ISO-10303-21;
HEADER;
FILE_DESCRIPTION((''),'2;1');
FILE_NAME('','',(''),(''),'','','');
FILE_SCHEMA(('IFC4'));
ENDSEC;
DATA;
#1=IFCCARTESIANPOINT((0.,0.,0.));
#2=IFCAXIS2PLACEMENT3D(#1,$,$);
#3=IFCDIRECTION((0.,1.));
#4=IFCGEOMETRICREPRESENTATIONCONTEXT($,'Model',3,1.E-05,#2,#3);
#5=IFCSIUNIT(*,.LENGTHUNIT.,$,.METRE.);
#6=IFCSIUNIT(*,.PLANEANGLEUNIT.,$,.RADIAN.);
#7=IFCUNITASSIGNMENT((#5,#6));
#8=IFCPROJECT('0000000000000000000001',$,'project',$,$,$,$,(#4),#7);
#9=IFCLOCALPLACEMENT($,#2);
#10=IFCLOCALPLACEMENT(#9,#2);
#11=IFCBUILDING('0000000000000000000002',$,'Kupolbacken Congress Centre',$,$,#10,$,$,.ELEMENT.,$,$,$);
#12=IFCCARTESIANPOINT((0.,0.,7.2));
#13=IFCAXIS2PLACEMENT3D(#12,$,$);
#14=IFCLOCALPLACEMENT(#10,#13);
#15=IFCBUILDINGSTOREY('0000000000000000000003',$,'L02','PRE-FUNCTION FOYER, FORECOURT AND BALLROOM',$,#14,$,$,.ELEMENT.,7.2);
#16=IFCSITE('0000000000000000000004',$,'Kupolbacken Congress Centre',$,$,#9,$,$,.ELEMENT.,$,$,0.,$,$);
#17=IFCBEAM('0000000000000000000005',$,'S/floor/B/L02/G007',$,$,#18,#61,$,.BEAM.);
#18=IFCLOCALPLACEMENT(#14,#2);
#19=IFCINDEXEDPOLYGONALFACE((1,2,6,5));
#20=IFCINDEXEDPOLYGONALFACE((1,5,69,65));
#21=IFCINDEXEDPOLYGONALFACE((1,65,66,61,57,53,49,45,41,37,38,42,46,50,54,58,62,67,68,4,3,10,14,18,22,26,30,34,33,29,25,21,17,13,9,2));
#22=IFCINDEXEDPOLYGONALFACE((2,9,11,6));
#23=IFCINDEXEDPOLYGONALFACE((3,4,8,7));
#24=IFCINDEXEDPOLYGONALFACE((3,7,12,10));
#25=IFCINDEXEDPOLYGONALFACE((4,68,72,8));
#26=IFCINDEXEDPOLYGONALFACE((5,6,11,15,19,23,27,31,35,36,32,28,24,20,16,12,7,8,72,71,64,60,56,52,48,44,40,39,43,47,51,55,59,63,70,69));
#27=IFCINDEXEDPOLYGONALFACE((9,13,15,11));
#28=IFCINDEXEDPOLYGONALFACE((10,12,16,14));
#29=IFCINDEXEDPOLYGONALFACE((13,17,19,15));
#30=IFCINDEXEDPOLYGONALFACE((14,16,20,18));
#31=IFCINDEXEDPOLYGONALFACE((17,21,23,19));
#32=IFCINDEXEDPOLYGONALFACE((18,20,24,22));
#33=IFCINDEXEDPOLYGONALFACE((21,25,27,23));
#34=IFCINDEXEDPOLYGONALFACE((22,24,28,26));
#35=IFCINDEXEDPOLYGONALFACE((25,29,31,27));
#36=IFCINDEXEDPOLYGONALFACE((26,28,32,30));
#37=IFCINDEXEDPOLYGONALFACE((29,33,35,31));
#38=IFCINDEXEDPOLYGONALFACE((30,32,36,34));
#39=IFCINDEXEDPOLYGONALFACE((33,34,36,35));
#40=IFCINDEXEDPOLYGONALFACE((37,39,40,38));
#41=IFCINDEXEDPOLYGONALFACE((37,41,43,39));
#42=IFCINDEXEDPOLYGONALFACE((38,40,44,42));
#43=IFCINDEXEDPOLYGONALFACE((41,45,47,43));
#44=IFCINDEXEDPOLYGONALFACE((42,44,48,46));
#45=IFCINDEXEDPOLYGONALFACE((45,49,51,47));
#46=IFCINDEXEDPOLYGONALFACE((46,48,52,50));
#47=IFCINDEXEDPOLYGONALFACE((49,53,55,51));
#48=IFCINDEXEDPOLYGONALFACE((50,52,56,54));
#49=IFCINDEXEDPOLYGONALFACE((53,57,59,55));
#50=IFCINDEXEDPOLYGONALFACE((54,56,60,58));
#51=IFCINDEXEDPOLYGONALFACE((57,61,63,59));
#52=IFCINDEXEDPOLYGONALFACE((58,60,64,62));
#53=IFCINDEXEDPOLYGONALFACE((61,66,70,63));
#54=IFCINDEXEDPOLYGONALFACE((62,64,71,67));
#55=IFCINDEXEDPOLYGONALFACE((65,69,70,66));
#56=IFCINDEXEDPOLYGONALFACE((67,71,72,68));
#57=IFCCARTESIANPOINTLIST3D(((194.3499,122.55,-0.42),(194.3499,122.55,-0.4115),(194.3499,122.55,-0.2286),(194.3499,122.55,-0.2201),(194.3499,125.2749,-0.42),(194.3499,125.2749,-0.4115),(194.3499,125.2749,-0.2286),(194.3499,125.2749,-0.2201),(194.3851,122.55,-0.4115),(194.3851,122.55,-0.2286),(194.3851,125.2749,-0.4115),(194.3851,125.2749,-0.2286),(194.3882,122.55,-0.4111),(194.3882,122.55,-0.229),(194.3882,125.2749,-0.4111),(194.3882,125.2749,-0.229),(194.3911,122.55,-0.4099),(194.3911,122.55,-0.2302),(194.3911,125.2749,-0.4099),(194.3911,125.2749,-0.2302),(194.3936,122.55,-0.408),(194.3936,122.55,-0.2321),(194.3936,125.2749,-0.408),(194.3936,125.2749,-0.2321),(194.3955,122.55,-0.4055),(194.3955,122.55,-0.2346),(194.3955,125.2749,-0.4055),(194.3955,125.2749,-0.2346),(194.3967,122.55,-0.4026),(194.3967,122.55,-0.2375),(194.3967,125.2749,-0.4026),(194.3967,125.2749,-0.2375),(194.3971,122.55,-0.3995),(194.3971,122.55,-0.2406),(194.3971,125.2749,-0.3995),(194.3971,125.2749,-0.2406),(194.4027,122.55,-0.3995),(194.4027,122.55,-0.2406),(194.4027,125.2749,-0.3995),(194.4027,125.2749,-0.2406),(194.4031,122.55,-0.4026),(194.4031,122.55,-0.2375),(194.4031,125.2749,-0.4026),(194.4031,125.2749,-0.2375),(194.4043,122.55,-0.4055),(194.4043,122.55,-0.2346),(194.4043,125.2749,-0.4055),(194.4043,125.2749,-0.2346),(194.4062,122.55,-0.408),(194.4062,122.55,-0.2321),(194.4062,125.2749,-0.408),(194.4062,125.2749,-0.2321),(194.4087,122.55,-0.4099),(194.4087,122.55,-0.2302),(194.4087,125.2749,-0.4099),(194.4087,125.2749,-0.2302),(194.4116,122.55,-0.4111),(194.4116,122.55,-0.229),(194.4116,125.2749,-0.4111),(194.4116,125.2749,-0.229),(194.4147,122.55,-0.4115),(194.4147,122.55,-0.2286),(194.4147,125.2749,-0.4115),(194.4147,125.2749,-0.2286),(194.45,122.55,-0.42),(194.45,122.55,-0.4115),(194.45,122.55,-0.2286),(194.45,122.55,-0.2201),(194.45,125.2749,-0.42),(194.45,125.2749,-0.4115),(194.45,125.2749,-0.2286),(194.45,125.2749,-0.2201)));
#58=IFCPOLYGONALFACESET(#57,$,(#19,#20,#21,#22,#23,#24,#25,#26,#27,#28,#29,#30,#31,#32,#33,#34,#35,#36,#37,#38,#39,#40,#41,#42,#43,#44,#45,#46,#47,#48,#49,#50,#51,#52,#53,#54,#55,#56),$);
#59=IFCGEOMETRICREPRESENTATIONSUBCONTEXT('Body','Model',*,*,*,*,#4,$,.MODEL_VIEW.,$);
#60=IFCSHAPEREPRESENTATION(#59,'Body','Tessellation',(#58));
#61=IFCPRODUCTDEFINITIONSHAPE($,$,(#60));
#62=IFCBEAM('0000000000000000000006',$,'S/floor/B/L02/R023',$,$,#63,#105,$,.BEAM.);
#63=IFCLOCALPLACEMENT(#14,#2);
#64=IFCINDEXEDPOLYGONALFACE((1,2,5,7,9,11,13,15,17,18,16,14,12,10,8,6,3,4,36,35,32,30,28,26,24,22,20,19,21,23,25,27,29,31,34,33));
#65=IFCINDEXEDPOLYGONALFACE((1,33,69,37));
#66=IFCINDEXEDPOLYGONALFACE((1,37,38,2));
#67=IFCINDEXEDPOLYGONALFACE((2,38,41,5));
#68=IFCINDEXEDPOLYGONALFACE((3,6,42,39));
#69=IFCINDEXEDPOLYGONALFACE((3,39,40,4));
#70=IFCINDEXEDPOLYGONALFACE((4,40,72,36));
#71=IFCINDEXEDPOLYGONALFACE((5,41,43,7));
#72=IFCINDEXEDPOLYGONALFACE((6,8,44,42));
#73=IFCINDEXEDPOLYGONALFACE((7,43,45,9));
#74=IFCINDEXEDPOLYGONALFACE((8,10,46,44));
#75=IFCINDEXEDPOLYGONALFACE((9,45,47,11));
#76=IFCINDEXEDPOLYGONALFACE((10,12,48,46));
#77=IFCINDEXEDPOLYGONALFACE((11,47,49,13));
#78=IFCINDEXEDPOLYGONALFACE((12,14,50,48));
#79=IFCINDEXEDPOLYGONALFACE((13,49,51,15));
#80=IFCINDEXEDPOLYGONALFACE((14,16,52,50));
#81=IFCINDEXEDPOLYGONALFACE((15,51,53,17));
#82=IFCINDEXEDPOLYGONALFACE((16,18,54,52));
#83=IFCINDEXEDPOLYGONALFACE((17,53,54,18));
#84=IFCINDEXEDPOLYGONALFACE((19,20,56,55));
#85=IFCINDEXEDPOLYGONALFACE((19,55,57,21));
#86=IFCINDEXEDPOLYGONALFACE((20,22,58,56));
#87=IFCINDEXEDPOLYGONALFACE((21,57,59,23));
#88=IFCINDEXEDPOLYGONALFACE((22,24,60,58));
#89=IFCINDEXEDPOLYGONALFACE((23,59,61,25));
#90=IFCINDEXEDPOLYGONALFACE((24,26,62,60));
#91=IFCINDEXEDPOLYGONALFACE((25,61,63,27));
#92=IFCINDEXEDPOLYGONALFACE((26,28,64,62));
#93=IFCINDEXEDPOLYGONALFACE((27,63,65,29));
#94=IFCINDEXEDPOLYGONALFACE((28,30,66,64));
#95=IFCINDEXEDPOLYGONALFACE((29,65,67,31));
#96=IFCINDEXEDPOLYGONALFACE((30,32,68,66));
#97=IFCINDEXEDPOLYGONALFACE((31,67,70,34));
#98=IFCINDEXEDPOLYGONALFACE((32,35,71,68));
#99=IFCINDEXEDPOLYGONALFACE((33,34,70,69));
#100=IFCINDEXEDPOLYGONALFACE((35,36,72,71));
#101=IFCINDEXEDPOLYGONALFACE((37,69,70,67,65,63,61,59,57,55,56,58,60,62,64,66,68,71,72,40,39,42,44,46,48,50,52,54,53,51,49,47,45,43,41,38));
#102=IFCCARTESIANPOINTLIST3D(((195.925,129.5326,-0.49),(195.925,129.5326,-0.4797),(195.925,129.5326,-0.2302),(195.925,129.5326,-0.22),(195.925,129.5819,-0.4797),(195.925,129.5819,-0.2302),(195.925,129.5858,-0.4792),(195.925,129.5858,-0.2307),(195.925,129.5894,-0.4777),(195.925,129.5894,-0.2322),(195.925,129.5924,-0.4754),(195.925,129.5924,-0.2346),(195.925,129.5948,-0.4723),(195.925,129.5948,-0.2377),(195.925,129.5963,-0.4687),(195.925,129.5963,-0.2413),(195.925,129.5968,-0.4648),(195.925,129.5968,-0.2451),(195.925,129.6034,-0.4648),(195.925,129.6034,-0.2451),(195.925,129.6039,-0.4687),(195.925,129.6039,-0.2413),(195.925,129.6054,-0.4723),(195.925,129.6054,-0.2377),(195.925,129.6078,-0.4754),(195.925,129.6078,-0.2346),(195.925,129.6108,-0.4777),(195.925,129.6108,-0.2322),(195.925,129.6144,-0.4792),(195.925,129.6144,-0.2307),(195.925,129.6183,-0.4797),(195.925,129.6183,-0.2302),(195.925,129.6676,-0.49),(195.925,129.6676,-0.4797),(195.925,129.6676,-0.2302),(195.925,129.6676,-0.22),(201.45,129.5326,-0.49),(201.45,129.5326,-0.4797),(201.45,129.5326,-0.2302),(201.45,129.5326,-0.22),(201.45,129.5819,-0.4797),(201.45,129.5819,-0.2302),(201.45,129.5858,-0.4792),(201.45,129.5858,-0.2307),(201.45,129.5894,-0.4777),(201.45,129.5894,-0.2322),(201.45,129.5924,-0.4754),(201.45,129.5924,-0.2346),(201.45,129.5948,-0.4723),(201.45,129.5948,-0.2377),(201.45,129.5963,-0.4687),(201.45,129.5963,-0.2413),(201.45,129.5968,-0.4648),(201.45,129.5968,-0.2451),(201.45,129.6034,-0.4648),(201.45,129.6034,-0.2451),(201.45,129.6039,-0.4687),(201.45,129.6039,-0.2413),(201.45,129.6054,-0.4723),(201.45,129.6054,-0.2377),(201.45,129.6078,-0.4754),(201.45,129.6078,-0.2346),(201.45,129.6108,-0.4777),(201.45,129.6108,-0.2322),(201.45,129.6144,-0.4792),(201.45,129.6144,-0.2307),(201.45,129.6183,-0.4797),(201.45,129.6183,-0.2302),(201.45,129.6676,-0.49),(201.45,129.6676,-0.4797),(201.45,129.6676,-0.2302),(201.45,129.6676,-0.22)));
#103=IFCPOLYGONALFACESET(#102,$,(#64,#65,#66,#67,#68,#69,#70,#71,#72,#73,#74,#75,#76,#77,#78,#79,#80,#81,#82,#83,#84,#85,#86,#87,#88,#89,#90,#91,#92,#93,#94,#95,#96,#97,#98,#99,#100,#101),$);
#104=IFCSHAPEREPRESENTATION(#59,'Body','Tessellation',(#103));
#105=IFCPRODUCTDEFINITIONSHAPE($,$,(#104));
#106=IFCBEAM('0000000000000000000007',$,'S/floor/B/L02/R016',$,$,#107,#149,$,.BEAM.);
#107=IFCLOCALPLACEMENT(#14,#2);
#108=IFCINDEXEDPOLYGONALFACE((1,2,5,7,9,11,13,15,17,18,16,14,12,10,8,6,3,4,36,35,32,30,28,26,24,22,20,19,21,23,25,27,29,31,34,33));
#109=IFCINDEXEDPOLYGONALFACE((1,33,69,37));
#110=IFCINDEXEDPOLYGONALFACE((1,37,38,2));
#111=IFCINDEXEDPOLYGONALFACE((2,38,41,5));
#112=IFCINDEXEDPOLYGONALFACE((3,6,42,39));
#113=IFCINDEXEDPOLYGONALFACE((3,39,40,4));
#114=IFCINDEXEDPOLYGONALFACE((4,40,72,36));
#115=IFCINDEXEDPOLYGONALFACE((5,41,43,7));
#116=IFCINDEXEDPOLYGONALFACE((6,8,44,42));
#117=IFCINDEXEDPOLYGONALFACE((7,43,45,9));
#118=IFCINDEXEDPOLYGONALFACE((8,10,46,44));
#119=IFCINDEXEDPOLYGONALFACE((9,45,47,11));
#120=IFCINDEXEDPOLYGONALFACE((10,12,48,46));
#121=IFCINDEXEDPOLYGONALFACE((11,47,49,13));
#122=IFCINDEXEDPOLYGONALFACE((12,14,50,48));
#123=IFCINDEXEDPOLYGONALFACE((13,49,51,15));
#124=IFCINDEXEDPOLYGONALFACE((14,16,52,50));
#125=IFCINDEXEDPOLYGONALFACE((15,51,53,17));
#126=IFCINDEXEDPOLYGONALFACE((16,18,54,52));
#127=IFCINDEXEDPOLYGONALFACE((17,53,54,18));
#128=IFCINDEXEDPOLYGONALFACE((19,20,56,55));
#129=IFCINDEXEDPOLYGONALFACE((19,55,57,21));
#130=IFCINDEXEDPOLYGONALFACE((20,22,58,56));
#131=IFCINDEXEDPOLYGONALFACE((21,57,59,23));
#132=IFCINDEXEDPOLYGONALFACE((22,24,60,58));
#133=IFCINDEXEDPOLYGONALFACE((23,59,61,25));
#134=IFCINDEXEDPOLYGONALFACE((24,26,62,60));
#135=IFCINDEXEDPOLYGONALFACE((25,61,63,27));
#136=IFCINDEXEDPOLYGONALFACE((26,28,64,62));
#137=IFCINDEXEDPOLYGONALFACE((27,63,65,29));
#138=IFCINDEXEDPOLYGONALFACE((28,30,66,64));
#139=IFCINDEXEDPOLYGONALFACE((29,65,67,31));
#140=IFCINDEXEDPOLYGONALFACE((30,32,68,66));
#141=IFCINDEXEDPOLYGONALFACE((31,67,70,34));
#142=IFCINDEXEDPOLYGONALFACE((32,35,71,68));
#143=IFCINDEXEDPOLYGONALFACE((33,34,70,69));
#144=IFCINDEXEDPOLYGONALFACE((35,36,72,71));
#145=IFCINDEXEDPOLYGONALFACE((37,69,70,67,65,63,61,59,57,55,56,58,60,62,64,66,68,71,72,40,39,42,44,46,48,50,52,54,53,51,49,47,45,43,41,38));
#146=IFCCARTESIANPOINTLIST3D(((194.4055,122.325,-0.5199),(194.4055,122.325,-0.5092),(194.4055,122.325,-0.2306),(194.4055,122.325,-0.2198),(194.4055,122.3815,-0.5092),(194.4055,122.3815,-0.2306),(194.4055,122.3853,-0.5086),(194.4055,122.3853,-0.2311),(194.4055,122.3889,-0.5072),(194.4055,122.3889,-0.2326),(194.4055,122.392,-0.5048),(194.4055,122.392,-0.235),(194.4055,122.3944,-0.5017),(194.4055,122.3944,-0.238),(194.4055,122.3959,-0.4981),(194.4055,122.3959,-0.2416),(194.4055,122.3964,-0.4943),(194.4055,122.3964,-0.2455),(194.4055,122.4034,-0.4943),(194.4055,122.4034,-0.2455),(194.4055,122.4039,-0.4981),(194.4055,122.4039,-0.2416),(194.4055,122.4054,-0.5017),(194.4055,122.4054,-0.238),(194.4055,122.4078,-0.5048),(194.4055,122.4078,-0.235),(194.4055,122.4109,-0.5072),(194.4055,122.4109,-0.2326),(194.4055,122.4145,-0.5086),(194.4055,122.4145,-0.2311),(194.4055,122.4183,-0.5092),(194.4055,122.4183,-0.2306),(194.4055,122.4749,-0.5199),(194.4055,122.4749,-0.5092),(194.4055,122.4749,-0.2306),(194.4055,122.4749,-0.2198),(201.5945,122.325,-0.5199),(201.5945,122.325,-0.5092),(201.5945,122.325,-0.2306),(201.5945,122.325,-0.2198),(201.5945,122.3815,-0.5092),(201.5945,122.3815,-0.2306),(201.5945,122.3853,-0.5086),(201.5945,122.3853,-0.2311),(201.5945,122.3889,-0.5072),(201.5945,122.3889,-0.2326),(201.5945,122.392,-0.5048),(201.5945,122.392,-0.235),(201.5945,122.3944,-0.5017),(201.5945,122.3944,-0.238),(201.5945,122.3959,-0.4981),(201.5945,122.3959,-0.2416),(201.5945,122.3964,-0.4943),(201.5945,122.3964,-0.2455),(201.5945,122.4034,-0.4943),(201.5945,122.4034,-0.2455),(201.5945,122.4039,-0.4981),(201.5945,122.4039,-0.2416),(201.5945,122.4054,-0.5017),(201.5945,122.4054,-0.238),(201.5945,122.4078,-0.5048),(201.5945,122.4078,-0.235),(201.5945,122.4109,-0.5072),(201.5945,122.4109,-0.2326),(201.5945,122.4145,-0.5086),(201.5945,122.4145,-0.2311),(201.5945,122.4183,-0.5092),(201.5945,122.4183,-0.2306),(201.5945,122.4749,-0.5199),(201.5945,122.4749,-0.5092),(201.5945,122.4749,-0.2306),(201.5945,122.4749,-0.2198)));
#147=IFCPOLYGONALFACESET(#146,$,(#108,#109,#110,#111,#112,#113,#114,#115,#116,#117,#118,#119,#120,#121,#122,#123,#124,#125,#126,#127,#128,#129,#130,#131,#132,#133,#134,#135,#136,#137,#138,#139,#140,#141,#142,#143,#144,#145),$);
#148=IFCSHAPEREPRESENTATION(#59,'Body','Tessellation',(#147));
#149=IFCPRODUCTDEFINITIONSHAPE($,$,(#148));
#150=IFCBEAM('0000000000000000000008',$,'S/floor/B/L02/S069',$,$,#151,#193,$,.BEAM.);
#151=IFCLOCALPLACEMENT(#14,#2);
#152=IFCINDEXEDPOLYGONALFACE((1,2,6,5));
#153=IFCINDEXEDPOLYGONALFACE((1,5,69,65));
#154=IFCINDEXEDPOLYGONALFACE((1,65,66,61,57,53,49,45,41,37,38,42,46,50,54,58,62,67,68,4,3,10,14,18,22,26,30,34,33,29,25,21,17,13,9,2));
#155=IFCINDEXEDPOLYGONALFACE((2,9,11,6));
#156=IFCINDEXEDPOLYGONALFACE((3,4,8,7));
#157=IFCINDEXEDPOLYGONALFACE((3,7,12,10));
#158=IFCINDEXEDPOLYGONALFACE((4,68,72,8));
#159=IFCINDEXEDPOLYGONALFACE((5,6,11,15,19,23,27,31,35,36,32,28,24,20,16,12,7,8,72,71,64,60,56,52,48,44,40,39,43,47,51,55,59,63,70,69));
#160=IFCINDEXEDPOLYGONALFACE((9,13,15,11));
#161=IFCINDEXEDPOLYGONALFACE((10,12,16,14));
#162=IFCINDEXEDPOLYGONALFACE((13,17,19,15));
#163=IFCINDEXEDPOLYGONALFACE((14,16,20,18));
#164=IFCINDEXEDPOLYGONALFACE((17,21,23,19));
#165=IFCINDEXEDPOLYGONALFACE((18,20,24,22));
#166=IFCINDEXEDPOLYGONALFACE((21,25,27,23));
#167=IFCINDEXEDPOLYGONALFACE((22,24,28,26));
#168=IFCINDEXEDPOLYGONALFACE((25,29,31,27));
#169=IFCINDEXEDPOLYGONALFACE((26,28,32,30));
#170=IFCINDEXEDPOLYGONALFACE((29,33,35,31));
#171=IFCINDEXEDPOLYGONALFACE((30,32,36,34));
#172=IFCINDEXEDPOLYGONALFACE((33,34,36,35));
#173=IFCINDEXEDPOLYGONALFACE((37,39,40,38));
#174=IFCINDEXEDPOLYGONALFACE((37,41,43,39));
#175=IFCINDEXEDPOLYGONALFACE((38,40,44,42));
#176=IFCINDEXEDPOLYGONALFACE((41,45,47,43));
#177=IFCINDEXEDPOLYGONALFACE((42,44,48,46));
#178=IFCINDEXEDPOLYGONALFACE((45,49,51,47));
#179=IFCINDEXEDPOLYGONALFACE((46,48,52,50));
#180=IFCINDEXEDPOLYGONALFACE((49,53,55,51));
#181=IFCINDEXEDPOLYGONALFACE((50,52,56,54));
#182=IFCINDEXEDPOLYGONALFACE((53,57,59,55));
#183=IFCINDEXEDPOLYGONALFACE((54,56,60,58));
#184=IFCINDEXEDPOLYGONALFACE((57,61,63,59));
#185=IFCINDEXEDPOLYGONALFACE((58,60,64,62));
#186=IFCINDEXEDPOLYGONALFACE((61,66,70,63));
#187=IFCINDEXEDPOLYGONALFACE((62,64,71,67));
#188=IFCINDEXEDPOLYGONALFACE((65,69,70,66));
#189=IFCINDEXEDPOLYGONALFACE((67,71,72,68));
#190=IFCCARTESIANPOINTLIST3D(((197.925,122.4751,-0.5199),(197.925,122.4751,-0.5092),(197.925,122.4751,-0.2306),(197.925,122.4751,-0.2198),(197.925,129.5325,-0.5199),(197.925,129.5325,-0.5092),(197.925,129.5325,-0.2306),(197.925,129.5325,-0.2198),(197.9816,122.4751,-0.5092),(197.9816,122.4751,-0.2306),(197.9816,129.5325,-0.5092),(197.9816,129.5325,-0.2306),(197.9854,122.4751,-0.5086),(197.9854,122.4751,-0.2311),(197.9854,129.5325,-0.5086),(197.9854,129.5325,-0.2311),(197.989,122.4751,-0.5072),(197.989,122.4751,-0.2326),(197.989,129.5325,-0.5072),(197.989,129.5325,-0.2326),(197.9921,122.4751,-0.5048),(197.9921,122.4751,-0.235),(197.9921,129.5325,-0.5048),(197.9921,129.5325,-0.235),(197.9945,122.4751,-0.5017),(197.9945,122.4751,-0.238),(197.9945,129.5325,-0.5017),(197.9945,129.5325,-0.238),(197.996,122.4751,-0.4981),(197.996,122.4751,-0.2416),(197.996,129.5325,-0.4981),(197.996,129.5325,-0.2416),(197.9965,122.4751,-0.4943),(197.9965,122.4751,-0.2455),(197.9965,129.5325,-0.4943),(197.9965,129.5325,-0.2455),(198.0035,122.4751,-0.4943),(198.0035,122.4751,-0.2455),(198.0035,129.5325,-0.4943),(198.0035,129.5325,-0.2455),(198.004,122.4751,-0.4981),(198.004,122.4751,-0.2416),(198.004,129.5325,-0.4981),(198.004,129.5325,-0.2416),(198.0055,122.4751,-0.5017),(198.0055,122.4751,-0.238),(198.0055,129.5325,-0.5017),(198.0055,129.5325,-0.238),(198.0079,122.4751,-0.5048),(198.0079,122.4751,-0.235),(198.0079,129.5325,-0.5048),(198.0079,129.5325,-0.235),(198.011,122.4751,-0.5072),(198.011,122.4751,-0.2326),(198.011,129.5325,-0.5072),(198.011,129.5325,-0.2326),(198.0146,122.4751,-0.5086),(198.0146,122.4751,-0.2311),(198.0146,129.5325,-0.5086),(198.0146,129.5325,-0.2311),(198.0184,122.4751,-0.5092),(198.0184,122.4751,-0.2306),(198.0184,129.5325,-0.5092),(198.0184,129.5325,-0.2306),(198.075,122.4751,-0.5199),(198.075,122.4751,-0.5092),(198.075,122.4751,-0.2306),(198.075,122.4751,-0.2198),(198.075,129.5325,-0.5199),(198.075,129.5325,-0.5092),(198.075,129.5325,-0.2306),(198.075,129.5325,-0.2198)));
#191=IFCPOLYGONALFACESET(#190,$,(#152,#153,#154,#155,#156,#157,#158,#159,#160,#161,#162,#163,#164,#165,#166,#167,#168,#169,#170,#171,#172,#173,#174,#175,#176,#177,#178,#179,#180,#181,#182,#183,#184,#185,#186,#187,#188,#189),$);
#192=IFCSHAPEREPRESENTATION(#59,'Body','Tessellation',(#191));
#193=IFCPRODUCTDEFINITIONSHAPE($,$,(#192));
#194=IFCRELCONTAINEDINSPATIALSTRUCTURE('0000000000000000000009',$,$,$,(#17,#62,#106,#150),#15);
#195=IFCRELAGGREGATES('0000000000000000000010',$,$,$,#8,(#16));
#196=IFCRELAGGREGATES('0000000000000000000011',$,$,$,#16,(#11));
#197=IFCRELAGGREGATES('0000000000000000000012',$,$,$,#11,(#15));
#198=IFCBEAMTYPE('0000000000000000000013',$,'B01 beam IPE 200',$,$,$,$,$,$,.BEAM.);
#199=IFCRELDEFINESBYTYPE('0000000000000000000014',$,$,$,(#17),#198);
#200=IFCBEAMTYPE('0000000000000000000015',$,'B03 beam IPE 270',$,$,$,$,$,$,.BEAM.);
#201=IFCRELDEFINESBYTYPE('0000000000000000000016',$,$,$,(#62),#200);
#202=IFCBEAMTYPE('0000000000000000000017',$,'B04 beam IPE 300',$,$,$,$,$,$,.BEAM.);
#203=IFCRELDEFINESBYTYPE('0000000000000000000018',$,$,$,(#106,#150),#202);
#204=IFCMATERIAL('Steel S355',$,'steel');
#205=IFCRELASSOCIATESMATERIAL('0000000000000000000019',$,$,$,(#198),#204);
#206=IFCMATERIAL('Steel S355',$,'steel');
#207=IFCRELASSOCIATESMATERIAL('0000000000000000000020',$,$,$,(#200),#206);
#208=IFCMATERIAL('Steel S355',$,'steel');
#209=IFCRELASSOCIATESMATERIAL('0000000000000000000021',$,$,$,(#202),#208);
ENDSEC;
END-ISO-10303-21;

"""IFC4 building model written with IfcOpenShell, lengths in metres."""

from ifc_helpers import new_model, si_unit, direction, frame, origin, origin_2d, place, context, subcontext, project, spatial, i_section, extrude, material, material_profile, profile_set, type_object, element, save


model = new_model("IFC4")

# Units and contexts
model_context = context("Model", 3, precision=1e-05, world=origin(), true_north=direction((0.0, 1.0)))
body_context = subcontext(model_context, "Body", "Model", "MODEL_VIEW")
ifc_project = project(units=[si_unit("LENGTHUNIT", "METRE"), si_unit("PLANEANGLEUNIT", "RADIAN")], contexts=[model_context])

# Site, building, storey
site_placement = place(None, origin())
site = spatial("IfcSite", under=ifc_project, at=site_placement, Name="Kupolbacken Congress Centre", CompositionType="ELEMENT", RefElevation=0.0)
building_placement = place(site_placement, origin())
building = spatial("IfcBuilding", under=site, at=building_placement, Name="Kupolbacken Congress Centre", CompositionType="ELEMENT")
storey_placement = place(building_placement, frame((0.0, 0.0, 7.2)))
storey = spatial("IfcBuildingStorey", under=building, at=storey_placement, Name="L02", Description="PRE-FUNCTION FOYER, FORECOURT AND BALLROOM", CompositionType="ELEMENT", Elevation=7.2)

# Beams
ifc_material_1 = material(Name="Steel S355", Category="steel")
ifc_material_profile_1 = material_profile(ifc_material_1, i_section(OverallWidth=0.1001, OverallDepth=0.2, WebThickness=0.0056, FlangeThickness=0.0085, FilletRadius=0.012, at=origin_2d()), Name="IPE 200")
ifc_profile_set_1 = profile_set([ifc_material_profile_1], Name="Steel S355")
beam_type_1 = type_object("IfcBeamType", Name="B01 beam IPE 200", PredefinedType="BEAM", material=ifc_profile_set_1)
beam_1_placement = place(storey_placement, frame((194.3999, 122.55, -0.3201), z_axis=(0.0, 1.0, 0.0), x_axis=(-1.0, 0.0, 0.0)))
element("IfcBeam", 1, at=beam_1_placement, inside=storey, type_object=beam_type_1, Name="S/floor/B/L02/G007", PredefinedType="BEAM", context=body_context, shape_type="SweptSolid", body=[
    extrude(i_section(OverallWidth=0.1001, OverallDepth=0.2, WebThickness=0.0056, FlangeThickness=0.0085, FilletRadius=0.012, at=origin_2d()), origin(), (0.0, 0.0, 1.0), 2.7249),
])
ifc_material_2 = material(Name="Steel S355", Category="steel")
ifc_material_profile_2 = material_profile(ifc_material_2, i_section(OverallWidth=0.135, OverallDepth=0.27, WebThickness=0.0066, FlangeThickness=0.0103, FilletRadius=0.0149, at=origin_2d()), Name="IPE 270")
ifc_profile_set_2 = profile_set([ifc_material_profile_2], Name="Steel S355")
beam_type_2 = type_object("IfcBeamType", Name="B03 beam IPE 270", PredefinedType="BEAM", material=ifc_profile_set_2)
beam_2_placement = place(storey_placement, frame((195.925, 129.6001, -0.355), z_axis=(1.0, 0.0, 0.0), x_axis=(0.0, 1.0, 0.0)))
element("IfcBeam", 2, at=beam_2_placement, inside=storey, type_object=beam_type_2, Name="S/floor/B/L02/R023", PredefinedType="BEAM", context=body_context, shape_type="SweptSolid", body=[
    extrude(i_section(OverallWidth=0.135, OverallDepth=0.27, WebThickness=0.0066, FlangeThickness=0.0103, FilletRadius=0.0149, at=origin_2d()), origin(), (0.0, 0.0, 1.0), 5.5249),
])
ifc_material_3 = material(Name="Steel S355", Category="steel")
ifc_material_profile_3 = material_profile(ifc_material_3, i_section(OverallWidth=0.1499, OverallDepth=0.3, WebThickness=0.0071, FlangeThickness=0.0107, FilletRadius=0.0149, at=origin_2d()), Name="IPE 300")
ifc_profile_set_3 = profile_set([ifc_material_profile_3], Name="Steel S355")
beam_type_3 = type_object("IfcBeamType", Name="B04 beam IPE 300", PredefinedType="BEAM", material=ifc_profile_set_3)
beam_3_placement = place(storey_placement, frame((194.4055, 122.3999, -0.3699), z_axis=(1.0, 0.0, 0.0), x_axis=(0.0, 1.0, 0.0)))
element("IfcBeam", 3, at=beam_3_placement, inside=storey, type_object=beam_type_3, Name="S/floor/B/L02/R016", PredefinedType="BEAM", context=body_context, shape_type="SweptSolid", body=[
    extrude(i_section(OverallWidth=0.1499, OverallDepth=0.3, WebThickness=0.0071, FlangeThickness=0.0107, FilletRadius=0.0149, at=origin_2d()), origin(), (0.0, 0.0, 1.0), 7.189),
])
beam_4_placement = place(storey_placement, frame((198.0, 122.4751, -0.3699), z_axis=(0.0, 1.0, 0.0), x_axis=(-1.0, 0.0, 0.0)))
element("IfcBeam", 4, at=beam_4_placement, inside=storey, type_object=beam_type_3, Name="S/floor/B/L02/S069", PredefinedType="BEAM", context=body_context, shape_type="SweptSolid", body=[
    extrude(i_section(OverallWidth=0.1499, OverallDepth=0.3, WebThickness=0.0071, FlangeThickness=0.0107, FilletRadius=0.0149, at=origin_2d()), origin(), (0.0, 0.0, 1.0), 7.0574),
])

save(model, "model.ifc")
